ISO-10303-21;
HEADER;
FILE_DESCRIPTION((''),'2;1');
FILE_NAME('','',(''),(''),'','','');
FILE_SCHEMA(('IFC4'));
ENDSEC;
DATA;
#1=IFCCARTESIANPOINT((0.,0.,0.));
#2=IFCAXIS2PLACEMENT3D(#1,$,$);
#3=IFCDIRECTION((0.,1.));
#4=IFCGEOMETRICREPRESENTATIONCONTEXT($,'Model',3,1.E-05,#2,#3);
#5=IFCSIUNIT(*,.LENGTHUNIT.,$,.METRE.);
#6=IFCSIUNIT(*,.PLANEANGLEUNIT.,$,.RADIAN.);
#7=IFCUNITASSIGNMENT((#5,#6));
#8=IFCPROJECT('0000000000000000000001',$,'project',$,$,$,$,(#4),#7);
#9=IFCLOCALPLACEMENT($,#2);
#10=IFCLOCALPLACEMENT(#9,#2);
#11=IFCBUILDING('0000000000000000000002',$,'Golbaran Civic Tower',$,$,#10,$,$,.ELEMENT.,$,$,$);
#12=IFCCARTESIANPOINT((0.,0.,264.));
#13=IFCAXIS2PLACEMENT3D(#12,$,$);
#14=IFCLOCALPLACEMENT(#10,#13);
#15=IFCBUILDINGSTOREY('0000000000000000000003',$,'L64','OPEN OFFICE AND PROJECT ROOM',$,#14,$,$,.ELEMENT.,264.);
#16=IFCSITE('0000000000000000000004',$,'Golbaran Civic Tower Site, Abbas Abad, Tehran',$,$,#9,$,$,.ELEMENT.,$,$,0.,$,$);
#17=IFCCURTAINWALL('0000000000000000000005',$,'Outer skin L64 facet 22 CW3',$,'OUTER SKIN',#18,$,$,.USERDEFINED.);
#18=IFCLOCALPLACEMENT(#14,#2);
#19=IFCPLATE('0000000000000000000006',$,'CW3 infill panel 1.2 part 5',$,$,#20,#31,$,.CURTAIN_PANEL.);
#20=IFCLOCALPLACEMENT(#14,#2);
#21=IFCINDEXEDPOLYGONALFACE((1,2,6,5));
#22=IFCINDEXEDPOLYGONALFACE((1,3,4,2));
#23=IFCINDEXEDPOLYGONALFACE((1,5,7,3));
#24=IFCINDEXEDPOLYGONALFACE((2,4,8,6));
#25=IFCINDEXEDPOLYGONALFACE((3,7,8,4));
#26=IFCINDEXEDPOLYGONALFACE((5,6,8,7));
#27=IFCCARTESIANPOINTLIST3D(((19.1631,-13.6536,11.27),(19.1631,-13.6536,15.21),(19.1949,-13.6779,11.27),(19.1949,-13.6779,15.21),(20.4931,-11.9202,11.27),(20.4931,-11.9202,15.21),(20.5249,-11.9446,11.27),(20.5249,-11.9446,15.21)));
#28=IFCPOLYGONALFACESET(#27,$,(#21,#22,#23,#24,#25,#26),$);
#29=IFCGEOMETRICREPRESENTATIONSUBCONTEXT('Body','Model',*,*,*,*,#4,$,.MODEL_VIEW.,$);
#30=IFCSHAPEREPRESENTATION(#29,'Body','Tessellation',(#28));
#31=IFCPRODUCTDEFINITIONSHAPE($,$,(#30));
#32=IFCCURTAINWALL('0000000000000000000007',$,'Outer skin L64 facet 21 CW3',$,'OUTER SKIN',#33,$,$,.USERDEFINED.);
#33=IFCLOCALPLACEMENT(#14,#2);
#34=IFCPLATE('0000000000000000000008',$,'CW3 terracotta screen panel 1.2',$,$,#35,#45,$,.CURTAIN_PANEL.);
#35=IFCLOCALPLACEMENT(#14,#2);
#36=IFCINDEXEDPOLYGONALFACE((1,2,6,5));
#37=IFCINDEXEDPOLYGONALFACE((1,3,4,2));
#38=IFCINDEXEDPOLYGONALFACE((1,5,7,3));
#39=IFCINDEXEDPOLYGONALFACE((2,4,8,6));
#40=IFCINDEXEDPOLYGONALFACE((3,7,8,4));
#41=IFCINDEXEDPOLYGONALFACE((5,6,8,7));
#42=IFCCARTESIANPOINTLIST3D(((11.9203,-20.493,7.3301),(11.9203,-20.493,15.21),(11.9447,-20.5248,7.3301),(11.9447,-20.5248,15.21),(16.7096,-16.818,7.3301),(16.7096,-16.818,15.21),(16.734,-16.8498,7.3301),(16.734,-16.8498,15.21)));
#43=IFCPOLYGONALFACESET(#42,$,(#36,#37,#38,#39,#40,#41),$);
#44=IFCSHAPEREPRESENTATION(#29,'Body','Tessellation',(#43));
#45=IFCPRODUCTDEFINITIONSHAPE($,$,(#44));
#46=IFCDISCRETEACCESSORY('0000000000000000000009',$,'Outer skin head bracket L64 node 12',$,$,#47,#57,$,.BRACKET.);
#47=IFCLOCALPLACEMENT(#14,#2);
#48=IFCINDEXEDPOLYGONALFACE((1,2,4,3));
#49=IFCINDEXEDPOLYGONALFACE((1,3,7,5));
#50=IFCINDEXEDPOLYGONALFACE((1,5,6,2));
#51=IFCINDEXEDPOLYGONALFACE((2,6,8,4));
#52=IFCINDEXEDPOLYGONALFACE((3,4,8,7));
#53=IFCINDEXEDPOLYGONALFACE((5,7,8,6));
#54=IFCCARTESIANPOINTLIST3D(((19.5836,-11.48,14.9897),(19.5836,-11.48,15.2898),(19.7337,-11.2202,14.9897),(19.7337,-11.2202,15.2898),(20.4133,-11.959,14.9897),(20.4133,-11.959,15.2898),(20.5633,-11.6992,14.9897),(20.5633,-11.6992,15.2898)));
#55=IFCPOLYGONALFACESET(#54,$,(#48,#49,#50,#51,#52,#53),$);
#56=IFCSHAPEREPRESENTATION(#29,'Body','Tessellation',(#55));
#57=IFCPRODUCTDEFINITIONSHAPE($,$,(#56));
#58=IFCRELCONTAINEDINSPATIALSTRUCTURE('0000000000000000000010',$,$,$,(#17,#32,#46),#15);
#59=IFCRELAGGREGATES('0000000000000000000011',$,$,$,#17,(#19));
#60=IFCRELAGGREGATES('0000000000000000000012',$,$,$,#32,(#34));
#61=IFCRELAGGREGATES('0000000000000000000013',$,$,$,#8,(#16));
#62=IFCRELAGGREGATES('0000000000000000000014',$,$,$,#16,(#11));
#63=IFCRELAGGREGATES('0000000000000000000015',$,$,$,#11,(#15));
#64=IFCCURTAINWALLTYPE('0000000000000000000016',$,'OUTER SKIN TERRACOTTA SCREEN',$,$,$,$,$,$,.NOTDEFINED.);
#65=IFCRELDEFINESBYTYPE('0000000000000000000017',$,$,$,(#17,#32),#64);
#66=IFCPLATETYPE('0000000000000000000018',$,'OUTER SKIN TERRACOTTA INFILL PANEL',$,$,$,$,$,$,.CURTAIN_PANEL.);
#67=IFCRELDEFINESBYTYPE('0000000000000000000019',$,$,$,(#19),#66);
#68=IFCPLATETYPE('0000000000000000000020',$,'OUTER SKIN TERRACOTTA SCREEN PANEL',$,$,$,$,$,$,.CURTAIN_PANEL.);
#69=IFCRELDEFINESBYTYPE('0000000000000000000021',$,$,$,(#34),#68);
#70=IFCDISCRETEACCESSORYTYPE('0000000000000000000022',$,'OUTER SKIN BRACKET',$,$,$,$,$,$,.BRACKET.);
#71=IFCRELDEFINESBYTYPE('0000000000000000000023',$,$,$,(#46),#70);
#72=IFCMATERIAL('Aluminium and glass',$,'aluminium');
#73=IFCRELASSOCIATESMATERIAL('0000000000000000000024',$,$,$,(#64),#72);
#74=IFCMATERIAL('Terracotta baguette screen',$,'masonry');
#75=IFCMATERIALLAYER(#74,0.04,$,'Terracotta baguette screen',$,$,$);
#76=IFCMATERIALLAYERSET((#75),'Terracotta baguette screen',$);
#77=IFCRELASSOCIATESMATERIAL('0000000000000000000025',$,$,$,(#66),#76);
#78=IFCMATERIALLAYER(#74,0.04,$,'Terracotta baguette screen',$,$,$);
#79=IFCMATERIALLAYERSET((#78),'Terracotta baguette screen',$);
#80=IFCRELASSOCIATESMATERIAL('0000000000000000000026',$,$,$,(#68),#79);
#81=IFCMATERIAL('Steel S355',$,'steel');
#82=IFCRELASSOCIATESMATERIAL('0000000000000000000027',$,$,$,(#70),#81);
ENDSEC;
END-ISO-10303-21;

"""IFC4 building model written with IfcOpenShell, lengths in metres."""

from ifc_helpers import new_model, si_unit, direction, frame, origin, origin_2d, place, context, subcontext, project, spatial, rectangle, extrude, material, layer, layer_set, type_object, element, aggregate, save


model = new_model("IFC4")

# Units and contexts
model_context = context("Model", 3, precision=1e-05, world=origin(), true_north=direction((0.0, 1.0)))
body_context = subcontext(model_context, "Body", "Model", "MODEL_VIEW")
ifc_project = project(units=[si_unit("LENGTHUNIT", "METRE"), si_unit("PLANEANGLEUNIT", "RADIAN")], contexts=[model_context])

# Site, building, storey
site_placement = place(None, origin())
site = spatial("IfcSite", under=ifc_project, at=site_placement, Name="Golbaran Civic Tower Site, Abbas Abad, Tehran", CompositionType="ELEMENT", RefElevation=0.0)
building_placement = place(site_placement, origin())
building = spatial("IfcBuilding", under=site, at=building_placement, Name="Golbaran Civic Tower", CompositionType="ELEMENT")
storey_placement = place(building_placement, frame((0.0, 0.0, 264.0)))
storey = spatial("IfcBuildingStorey", under=building, at=storey_placement, Name="L64", Description="OPEN OFFICE AND PROJECT ROOM", CompositionType="ELEMENT", Elevation=264.0)

# Curtain wall
ifc_material_1 = material(Name="Aluminium and glass", Category="aluminium")
curtain_wall_type_1 = type_object("IfcCurtainWallType", Name="OUTER SKIN TERRACOTTA SCREEN", PredefinedType="NOTDEFINED", material=ifc_material_1)
curtain_wall_1_placement = place(storey_placement, origin())
curtain_wall_1 = element("IfcCurtainWall", 1, at=curtain_wall_1_placement, inside=storey, type_object=curtain_wall_type_1, Name="Outer skin L64 facet 22 CW3", ObjectType="OUTER SKIN", PredefinedType="USERDEFINED")

# Plate
ifc_material_2 = material(Name="Terracotta baguette screen", Category="masonry")
ifc_layer_1 = layer(ifc_material_2, 0.04, Name="Terracotta baguette screen")
ifc_layer_set_1 = layer_set([ifc_layer_1], Name="Terracotta baguette screen")
plate_type_1 = type_object("IfcPlateType", Name="OUTER SKIN TERRACOTTA INFILL PANEL", PredefinedType="CURTAIN_PANEL", material=ifc_layer_set_1)
plate_1_placement = place(storey_placement, frame((19.844, -12.7991, 11.27), z_axis=(0.0, 0.0, 1.0), x_axis=(0.608761, 0.793353, 0.0)))
plate_1 = element("IfcPlate", 2, at=plate_1_placement, type_object=plate_type_1, Name="CW3 infill panel 1.2 part 5", PredefinedType="CURTAIN_PANEL", context=body_context, shape_type="SweptSolid", body=[
    extrude(rectangle(XDim=2.1848, YDim=0.04, at=origin_2d()), origin(), (0.0, 0.0, 1.0), 3.9399),
])
aggregate(curtain_wall_1, [plate_1])

# Curtain wall, plate
curtain_wall_2_placement = place(storey_placement, origin())
curtain_wall_2 = element("IfcCurtainWall", 3, at=curtain_wall_2_placement, inside=storey, type_object=curtain_wall_type_1, Name="Outer skin L64 facet 21 CW3", ObjectType="OUTER SKIN", PredefinedType="USERDEFINED")
ifc_layer_2 = layer(ifc_material_2, 0.04, Name="Terracotta baguette screen")
ifc_layer_set_2 = layer_set([ifc_layer_2], Name="Terracotta baguette screen")
plate_type_2 = type_object("IfcPlateType", Name="OUTER SKIN TERRACOTTA SCREEN PANEL", PredefinedType="CURTAIN_PANEL", material=ifc_layer_set_2)
plate_2_placement = place(storey_placement, frame((14.3271, -18.6714, 7.3301), z_axis=(0.0, 0.0, 1.0), x_axis=(0.793353, 0.608761, 0.0)))
plate_2 = element("IfcPlate", 4, at=plate_2_placement, type_object=plate_type_2, Name="CW3 terracotta screen panel 1.2", PredefinedType="CURTAIN_PANEL", context=body_context, shape_type="SweptSolid", body=[
    extrude(rectangle(XDim=6.0369, YDim=0.04, at=origin_2d()), origin(), (0.0, 0.0, 1.0), 7.8799),
])
aggregate(curtain_wall_2, [plate_2])

# Discrete accessory
ifc_material_3 = material(Name="Steel S355", Category="steel")
discrete_accessory_type = type_object("IfcDiscreteAccessoryType", Name="OUTER SKIN BRACKET", PredefinedType="BRACKET", material=ifc_material_3)
discrete_accessory_placement = place(storey_placement, frame((20.0735, -11.5896, 14.9897), z_axis=(0.0, 0.0, 1.0), x_axis=(0.866025, -0.5, 0.0)))
element("IfcDiscreteAccessory", 5, at=discrete_accessory_placement, inside=storey, type_object=discrete_accessory_type, Name="Outer skin head bracket L64 node 12", PredefinedType="BRACKET", context=body_context, shape_type="SweptSolid", body=[
    extrude(rectangle(XDim=0.958, YDim=0.3, at=origin_2d()), origin(), (0.0, 0.0, 1.0), 0.3),
])

save(model, "model.ifc")
